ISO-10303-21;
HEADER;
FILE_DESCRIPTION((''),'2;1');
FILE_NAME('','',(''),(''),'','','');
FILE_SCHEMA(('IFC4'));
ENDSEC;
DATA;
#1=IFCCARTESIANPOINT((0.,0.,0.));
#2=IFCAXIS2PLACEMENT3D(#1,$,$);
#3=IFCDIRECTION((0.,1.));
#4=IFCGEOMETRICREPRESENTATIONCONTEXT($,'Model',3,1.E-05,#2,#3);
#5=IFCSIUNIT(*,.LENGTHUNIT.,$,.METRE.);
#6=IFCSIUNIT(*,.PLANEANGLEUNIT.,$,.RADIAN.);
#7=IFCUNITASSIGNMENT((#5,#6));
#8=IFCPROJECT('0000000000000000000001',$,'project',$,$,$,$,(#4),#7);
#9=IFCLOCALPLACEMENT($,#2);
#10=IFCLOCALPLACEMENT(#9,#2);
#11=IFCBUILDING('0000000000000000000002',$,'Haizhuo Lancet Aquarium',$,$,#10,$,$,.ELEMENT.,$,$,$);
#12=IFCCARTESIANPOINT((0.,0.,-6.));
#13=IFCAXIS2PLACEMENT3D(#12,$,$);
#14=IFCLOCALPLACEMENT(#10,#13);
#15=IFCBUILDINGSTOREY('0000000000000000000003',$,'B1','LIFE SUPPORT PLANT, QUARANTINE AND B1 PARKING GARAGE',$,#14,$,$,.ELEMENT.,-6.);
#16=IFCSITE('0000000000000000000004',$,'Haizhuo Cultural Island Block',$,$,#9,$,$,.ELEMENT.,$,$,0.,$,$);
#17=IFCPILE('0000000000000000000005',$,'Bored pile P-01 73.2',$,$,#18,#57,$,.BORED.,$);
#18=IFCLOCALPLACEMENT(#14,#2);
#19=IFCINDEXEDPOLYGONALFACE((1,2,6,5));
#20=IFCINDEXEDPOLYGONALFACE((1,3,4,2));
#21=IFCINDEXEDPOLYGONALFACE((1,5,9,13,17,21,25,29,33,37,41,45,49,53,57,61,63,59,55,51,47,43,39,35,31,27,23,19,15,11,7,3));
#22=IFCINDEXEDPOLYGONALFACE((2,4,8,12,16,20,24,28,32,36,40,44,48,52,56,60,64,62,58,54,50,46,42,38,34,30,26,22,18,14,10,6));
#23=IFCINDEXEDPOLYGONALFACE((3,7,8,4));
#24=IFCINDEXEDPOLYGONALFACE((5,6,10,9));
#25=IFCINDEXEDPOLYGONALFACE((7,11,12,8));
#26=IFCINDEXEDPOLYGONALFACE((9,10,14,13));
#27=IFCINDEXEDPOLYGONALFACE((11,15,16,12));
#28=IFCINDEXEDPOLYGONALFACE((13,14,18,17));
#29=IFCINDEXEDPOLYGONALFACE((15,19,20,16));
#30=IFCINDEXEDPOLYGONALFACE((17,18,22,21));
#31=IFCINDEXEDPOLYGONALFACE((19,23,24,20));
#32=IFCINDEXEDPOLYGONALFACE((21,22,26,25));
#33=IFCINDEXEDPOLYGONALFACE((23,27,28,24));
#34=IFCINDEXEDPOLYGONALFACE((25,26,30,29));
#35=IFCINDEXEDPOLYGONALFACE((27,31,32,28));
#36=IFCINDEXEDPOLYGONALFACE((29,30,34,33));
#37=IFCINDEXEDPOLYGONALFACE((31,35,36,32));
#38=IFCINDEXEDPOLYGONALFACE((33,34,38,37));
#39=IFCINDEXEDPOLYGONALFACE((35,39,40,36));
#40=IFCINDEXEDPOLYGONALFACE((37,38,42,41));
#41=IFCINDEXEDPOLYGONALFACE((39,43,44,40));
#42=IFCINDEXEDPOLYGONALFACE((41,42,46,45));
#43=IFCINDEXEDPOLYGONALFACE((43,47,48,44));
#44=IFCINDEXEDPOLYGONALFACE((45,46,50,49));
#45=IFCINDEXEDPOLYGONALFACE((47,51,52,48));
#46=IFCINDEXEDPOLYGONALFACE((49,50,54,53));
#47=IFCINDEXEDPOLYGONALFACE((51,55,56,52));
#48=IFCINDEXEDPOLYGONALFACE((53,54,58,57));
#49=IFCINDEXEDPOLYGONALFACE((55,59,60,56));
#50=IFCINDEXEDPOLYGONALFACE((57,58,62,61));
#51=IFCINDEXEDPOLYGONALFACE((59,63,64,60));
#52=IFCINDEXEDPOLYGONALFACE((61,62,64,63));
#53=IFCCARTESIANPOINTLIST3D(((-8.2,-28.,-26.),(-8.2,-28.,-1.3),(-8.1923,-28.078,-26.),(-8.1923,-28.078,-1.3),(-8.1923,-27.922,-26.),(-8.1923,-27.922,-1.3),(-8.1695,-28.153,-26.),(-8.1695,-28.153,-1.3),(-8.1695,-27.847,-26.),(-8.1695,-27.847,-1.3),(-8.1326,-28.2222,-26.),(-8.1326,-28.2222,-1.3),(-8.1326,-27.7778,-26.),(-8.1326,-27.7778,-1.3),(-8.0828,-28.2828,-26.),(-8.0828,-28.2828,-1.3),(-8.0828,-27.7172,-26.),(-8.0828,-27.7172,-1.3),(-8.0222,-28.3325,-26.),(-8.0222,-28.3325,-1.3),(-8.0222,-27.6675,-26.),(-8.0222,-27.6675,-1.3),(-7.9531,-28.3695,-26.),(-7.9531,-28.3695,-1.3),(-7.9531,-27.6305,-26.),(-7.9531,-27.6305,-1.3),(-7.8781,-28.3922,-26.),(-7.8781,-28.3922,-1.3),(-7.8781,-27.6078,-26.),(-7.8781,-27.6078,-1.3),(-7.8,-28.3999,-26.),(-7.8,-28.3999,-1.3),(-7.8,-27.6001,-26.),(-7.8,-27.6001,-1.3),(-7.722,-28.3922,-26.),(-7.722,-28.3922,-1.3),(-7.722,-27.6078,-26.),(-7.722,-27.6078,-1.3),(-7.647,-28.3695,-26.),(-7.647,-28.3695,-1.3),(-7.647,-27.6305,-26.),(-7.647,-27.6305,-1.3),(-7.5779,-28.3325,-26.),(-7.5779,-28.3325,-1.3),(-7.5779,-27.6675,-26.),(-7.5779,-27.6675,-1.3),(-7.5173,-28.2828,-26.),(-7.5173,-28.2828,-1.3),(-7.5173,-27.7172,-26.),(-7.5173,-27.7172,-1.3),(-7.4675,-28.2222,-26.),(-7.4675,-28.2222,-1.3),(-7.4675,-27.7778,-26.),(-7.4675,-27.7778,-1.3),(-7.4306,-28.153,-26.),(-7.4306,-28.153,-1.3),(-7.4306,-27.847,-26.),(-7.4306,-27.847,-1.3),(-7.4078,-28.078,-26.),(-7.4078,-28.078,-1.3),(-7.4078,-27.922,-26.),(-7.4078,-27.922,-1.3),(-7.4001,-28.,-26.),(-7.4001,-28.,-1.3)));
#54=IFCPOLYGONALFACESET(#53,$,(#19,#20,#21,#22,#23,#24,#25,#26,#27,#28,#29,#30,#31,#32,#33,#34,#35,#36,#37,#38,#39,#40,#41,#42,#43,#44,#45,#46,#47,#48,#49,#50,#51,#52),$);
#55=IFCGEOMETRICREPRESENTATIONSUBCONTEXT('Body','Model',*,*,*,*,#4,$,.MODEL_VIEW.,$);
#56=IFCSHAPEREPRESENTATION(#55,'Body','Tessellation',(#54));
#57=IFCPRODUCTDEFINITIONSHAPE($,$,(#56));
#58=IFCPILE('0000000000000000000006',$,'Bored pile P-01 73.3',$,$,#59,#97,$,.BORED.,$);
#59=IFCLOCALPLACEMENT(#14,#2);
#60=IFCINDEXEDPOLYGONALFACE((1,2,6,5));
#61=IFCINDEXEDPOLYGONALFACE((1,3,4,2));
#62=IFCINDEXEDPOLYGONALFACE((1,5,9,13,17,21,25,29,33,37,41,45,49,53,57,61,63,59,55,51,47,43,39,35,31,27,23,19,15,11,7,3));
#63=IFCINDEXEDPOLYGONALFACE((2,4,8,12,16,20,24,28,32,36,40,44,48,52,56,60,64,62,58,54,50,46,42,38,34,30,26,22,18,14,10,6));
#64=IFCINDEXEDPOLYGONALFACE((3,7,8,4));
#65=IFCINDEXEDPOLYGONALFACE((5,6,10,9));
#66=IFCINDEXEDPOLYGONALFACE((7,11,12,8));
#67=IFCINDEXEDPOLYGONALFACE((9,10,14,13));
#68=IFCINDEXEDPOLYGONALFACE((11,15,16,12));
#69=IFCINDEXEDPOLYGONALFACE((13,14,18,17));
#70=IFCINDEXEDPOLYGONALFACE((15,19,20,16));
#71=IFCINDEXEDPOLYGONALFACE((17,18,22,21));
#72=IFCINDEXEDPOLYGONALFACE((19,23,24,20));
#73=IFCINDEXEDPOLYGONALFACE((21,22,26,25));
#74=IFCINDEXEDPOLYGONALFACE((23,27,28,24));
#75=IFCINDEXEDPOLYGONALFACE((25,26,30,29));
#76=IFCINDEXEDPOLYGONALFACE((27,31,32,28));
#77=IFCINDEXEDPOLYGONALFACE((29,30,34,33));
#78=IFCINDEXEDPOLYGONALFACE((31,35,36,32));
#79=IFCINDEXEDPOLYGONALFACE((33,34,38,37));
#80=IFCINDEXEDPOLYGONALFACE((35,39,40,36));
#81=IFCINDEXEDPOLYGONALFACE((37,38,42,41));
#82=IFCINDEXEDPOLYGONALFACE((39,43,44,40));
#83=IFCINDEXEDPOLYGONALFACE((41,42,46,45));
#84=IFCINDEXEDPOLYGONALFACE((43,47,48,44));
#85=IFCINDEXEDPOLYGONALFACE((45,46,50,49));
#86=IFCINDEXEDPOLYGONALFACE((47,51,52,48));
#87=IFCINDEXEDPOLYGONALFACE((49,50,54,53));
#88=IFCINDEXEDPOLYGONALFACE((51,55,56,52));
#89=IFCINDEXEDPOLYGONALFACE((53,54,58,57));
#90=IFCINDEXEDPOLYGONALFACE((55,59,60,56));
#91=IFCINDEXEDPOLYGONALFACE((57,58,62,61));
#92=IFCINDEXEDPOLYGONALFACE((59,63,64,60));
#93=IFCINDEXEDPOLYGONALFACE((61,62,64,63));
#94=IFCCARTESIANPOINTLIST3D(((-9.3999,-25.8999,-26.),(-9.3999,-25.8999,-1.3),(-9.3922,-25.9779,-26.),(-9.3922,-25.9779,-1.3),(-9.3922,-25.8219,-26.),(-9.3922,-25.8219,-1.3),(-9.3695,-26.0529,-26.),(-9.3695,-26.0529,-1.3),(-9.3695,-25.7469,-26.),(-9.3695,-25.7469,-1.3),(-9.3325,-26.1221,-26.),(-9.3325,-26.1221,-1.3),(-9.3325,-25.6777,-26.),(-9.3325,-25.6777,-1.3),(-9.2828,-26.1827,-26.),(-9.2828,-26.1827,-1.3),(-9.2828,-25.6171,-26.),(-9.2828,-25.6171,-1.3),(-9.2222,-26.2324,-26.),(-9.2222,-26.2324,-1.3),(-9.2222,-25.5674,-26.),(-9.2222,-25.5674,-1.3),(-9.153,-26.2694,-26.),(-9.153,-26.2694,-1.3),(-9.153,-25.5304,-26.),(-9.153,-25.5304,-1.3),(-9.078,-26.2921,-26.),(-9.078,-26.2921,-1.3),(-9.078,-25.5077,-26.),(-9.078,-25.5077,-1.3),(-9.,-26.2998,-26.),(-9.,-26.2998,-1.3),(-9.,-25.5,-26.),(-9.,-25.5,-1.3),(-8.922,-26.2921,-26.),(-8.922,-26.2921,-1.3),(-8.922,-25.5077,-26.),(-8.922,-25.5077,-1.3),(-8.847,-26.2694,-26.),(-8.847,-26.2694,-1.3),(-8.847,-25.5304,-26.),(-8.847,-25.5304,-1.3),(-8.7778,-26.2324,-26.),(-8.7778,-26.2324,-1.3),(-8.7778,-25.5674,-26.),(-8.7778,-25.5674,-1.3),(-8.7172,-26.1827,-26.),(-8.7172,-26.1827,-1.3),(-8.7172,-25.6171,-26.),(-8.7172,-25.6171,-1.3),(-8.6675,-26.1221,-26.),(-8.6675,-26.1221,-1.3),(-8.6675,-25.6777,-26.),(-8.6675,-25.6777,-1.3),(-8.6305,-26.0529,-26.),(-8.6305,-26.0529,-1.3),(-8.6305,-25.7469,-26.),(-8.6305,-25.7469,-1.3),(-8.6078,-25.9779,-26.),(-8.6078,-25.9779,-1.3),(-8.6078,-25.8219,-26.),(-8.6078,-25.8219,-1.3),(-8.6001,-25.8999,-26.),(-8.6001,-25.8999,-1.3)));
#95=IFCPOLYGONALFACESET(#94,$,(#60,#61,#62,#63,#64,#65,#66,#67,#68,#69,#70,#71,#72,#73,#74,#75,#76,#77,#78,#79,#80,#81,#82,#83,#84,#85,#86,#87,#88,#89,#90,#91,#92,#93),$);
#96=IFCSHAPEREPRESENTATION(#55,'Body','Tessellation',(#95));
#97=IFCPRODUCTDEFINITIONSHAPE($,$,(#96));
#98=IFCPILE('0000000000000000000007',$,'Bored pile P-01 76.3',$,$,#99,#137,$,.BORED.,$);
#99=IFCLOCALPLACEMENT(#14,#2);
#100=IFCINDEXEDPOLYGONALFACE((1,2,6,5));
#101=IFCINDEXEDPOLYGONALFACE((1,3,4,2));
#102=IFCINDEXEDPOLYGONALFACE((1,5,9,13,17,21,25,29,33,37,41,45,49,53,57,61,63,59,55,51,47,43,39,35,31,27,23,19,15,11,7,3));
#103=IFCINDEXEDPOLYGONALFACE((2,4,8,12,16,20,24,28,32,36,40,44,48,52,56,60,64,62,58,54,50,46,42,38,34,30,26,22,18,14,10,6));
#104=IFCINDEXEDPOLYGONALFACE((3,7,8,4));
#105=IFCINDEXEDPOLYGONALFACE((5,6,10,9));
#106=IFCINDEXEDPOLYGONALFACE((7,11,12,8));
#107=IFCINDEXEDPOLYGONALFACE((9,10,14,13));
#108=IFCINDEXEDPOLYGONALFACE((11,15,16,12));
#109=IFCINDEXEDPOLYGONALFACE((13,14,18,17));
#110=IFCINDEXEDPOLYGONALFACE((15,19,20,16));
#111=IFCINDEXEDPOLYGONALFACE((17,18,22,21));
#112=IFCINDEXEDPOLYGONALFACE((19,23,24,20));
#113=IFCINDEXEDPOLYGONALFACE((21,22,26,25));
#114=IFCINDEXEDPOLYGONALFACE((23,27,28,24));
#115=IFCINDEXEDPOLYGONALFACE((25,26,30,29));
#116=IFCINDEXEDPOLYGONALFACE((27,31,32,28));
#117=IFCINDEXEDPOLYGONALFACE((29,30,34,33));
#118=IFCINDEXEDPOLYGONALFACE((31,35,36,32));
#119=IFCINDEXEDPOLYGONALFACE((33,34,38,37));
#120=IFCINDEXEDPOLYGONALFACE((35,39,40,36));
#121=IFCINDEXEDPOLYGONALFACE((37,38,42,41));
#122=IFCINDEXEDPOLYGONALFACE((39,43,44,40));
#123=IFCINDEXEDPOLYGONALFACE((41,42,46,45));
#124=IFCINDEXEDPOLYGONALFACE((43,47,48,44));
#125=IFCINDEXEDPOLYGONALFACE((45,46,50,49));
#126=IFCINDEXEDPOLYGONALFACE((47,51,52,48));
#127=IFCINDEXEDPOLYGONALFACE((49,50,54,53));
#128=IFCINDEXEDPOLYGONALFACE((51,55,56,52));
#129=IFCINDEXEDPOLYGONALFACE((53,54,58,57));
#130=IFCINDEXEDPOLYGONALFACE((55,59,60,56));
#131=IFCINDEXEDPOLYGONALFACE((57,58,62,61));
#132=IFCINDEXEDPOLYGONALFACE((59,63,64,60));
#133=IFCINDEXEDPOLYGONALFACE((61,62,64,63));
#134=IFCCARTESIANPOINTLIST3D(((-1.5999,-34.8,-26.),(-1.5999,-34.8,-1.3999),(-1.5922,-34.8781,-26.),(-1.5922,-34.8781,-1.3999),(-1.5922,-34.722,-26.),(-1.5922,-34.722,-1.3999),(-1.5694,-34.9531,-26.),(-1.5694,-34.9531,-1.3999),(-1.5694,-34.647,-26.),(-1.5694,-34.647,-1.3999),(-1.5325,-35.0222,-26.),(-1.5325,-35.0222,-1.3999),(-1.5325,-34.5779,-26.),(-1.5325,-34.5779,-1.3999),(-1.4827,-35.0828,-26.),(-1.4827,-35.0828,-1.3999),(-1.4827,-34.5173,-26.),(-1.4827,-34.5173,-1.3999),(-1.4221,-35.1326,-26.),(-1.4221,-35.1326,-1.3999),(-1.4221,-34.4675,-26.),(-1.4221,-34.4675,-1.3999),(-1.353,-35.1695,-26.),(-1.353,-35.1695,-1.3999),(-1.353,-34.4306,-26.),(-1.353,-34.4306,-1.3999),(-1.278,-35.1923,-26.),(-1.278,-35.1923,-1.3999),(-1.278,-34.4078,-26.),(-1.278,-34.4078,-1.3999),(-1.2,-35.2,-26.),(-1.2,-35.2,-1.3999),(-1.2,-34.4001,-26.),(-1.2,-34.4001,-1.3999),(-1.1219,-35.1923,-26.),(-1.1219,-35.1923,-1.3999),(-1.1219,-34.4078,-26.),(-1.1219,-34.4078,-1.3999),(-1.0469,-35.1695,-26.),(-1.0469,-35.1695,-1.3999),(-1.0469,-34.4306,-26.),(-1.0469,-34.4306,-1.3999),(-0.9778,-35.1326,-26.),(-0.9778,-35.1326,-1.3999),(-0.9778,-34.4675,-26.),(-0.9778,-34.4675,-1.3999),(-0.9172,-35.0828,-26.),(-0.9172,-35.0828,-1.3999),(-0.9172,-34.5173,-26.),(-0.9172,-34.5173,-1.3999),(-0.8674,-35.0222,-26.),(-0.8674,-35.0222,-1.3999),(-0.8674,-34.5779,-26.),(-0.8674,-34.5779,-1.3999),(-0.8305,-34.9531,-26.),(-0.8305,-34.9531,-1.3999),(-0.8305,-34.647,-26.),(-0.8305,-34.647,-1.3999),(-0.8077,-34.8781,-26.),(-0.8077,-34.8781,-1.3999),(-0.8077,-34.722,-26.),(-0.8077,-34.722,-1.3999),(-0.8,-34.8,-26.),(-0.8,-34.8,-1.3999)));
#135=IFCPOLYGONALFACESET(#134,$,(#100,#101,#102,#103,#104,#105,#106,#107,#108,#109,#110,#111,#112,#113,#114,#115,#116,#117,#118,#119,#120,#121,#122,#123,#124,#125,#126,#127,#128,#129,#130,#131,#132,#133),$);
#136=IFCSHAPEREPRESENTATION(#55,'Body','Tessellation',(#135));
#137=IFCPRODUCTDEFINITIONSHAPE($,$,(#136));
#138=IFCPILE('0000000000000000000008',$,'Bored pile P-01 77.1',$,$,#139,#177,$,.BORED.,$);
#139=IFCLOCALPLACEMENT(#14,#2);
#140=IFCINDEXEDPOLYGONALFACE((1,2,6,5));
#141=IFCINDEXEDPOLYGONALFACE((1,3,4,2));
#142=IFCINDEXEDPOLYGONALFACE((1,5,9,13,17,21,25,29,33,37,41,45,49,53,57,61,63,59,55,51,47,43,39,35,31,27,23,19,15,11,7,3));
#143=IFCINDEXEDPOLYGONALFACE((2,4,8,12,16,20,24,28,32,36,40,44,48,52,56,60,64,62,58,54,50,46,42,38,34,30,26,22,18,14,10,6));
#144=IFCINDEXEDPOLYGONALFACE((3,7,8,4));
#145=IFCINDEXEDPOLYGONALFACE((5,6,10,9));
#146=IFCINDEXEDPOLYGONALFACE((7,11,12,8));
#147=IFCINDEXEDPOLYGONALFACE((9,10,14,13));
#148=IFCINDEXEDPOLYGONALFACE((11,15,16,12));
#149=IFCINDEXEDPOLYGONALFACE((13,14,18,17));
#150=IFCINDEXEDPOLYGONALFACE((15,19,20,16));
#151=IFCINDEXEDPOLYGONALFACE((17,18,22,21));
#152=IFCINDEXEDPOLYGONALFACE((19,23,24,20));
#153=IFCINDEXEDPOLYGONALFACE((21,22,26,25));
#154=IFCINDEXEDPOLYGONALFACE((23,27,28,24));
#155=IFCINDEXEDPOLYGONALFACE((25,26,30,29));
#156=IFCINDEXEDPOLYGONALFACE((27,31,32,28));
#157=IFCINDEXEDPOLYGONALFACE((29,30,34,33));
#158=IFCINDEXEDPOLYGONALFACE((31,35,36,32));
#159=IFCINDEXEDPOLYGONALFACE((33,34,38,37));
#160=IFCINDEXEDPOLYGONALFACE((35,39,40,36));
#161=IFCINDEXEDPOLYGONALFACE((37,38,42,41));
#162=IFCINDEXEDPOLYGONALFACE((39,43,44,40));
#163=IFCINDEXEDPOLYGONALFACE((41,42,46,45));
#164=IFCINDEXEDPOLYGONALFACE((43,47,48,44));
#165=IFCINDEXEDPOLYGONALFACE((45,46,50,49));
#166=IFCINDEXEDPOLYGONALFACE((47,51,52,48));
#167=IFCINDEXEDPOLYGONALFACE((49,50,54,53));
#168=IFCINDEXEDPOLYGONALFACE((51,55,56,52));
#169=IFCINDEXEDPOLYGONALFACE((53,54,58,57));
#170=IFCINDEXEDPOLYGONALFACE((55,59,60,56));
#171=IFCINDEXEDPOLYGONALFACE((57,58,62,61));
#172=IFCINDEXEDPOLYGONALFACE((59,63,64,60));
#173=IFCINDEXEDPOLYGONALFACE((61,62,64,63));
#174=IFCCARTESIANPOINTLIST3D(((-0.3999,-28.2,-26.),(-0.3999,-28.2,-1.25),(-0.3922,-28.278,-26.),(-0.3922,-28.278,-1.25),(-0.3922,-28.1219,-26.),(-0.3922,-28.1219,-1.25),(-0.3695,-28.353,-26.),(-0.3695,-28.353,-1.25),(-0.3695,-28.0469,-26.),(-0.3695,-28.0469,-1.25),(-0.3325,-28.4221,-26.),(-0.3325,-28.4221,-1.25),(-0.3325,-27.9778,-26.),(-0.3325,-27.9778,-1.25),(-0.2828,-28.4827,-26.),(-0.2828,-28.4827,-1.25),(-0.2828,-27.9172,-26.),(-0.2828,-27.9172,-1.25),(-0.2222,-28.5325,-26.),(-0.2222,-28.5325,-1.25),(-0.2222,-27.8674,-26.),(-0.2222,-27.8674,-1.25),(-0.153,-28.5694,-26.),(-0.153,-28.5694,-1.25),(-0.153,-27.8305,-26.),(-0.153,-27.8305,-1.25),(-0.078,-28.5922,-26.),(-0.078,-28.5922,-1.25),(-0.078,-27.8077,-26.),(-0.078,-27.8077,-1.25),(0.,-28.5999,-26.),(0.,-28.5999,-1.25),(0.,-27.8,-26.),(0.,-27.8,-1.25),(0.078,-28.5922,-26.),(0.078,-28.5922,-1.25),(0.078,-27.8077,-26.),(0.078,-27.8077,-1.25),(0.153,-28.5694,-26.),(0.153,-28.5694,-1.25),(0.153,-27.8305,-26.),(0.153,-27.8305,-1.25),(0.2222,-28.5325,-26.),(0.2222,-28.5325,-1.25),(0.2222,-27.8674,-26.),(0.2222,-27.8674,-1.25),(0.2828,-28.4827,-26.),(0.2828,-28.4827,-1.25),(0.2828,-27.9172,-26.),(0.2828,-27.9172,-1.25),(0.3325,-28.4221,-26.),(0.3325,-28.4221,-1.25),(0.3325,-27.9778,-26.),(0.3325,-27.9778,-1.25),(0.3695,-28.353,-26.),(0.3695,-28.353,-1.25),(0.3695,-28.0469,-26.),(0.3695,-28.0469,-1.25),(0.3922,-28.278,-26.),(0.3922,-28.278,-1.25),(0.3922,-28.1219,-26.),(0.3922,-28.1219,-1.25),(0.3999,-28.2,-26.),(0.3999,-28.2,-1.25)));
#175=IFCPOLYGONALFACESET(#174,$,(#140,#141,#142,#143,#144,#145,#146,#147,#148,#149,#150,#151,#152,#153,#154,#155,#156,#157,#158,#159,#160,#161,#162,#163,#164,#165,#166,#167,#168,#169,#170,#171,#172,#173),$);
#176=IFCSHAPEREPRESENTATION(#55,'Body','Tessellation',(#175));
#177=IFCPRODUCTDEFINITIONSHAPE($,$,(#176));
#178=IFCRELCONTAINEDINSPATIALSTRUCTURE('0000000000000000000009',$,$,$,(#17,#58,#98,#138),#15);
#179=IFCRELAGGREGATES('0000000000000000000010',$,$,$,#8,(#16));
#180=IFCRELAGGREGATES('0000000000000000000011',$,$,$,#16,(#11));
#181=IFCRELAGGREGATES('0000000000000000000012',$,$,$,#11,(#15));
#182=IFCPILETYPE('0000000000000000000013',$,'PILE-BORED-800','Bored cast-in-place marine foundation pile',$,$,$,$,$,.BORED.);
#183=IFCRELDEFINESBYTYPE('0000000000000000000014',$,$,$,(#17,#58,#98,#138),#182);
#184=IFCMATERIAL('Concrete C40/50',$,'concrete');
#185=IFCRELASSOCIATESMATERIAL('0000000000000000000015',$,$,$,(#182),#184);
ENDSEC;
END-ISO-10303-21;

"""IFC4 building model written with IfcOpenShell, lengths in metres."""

from ifc_helpers import new_model, si_unit, direction, frame, origin, origin_2d, place, context, subcontext, project, spatial, circle, extrude, material, material_profile, profile_set, type_object, element, save


model = new_model("IFC4")

# Units and contexts
model_context = context("Model", 3, precision=1e-05, world=origin(), true_north=direction((0.0, 1.0)))
body_context = subcontext(model_context, "Body", "Model", "MODEL_VIEW")
ifc_project = project(units=[si_unit("LENGTHUNIT", "METRE"), si_unit("PLANEANGLEUNIT", "RADIAN")], contexts=[model_context])

# Site, building, storey
site_placement = place(None, origin())
site = spatial("IfcSite", under=ifc_project, at=site_placement, Name="Haizhuo Cultural Island Block", CompositionType="ELEMENT", RefElevation=0.0)
building_placement = place(site_placement, origin())
building = spatial("IfcBuilding", under=site, at=building_placement, Name="Haizhuo Lancet Aquarium", CompositionType="ELEMENT")
storey_placement = place(building_placement, frame((0.0, 0.0, -6.0)))
storey = spatial("IfcBuildingStorey", under=building, at=storey_placement, Name="B1", Description="LIFE SUPPORT PLANT, QUARANTINE AND B1 PARKING GARAGE", CompositionType="ELEMENT", Elevation=-6.0)

# Shared definitions
ifc_material_1 = material(Name="Concrete C40/50", Category="concrete")

# Piles
ifc_material_profile_1 = material_profile(ifc_material_1, circle(Radius=0.3999, at=origin_2d()), Name="PILE-800")
ifc_profile_set_1 = profile_set([ifc_material_profile_1], Name="Concrete C40/50")
pile_type_1 = type_object("IfcPileType", Name="PILE-BORED-800", Description="Bored cast-in-place marine foundation pile", PredefinedType="BORED", material=ifc_profile_set_1)
for number, where, z_axis, x_axis, name in (
    (1, (-7.8, -28.0, -1.3), (0.0, 0.0, -1.0), (1.0, 0.0, 0.0), "Bored pile P-01 73.2"),
    (2, (-9.0, -25.8999, -1.3), (0.0, 0.0, -1.0), (1.0, 0.0, 0.0), "Bored pile P-01 73.3"),
):
    element("IfcPile", number, at=place(storey_placement, frame(where, z_axis=z_axis, x_axis=x_axis)), inside=storey, type_object=pile_type_1, Name=name, PredefinedType="BORED", context=body_context, shape_type="SweptSolid", body=[
        extrude(circle(Radius=0.3999, at=origin_2d()), origin(), (0.0, 0.0, 1.0), 24.7),
    ])
pile_1_placement = place(storey_placement, frame((-1.2, -34.8, -1.3999), z_axis=(0.0, 0.0, -1.0), x_axis=(1.0, 0.0, 0.0)))
element("IfcPile", 3, at=pile_1_placement, inside=storey, type_object=pile_type_1, Name="Bored pile P-01 76.3", PredefinedType="BORED", context=body_context, shape_type="SweptSolid", body=[
    extrude(circle(Radius=0.3999, at=origin_2d()), origin(), (0.0, 0.0, 1.0), 24.6001),
])
for number, where, z_axis, x_axis, name in (
    (4, (0.0, -28.2, -1.25), (0.0, 0.0, -1.0), (1.0, 0.0, 0.0), "Bored pile P-01 77.1"),
):
    element("IfcPile", number, at=place(storey_placement, frame(where, z_axis=z_axis, x_axis=x_axis)), inside=storey, type_object=pile_type_1, Name=name, PredefinedType="BORED", context=body_context, shape_type="SweptSolid", body=[
        extrude(circle(Radius=0.3999, at=origin_2d()), origin(), (0.0, 0.0, 1.0), 24.75),
    ])

save(model, "model.ifc")
